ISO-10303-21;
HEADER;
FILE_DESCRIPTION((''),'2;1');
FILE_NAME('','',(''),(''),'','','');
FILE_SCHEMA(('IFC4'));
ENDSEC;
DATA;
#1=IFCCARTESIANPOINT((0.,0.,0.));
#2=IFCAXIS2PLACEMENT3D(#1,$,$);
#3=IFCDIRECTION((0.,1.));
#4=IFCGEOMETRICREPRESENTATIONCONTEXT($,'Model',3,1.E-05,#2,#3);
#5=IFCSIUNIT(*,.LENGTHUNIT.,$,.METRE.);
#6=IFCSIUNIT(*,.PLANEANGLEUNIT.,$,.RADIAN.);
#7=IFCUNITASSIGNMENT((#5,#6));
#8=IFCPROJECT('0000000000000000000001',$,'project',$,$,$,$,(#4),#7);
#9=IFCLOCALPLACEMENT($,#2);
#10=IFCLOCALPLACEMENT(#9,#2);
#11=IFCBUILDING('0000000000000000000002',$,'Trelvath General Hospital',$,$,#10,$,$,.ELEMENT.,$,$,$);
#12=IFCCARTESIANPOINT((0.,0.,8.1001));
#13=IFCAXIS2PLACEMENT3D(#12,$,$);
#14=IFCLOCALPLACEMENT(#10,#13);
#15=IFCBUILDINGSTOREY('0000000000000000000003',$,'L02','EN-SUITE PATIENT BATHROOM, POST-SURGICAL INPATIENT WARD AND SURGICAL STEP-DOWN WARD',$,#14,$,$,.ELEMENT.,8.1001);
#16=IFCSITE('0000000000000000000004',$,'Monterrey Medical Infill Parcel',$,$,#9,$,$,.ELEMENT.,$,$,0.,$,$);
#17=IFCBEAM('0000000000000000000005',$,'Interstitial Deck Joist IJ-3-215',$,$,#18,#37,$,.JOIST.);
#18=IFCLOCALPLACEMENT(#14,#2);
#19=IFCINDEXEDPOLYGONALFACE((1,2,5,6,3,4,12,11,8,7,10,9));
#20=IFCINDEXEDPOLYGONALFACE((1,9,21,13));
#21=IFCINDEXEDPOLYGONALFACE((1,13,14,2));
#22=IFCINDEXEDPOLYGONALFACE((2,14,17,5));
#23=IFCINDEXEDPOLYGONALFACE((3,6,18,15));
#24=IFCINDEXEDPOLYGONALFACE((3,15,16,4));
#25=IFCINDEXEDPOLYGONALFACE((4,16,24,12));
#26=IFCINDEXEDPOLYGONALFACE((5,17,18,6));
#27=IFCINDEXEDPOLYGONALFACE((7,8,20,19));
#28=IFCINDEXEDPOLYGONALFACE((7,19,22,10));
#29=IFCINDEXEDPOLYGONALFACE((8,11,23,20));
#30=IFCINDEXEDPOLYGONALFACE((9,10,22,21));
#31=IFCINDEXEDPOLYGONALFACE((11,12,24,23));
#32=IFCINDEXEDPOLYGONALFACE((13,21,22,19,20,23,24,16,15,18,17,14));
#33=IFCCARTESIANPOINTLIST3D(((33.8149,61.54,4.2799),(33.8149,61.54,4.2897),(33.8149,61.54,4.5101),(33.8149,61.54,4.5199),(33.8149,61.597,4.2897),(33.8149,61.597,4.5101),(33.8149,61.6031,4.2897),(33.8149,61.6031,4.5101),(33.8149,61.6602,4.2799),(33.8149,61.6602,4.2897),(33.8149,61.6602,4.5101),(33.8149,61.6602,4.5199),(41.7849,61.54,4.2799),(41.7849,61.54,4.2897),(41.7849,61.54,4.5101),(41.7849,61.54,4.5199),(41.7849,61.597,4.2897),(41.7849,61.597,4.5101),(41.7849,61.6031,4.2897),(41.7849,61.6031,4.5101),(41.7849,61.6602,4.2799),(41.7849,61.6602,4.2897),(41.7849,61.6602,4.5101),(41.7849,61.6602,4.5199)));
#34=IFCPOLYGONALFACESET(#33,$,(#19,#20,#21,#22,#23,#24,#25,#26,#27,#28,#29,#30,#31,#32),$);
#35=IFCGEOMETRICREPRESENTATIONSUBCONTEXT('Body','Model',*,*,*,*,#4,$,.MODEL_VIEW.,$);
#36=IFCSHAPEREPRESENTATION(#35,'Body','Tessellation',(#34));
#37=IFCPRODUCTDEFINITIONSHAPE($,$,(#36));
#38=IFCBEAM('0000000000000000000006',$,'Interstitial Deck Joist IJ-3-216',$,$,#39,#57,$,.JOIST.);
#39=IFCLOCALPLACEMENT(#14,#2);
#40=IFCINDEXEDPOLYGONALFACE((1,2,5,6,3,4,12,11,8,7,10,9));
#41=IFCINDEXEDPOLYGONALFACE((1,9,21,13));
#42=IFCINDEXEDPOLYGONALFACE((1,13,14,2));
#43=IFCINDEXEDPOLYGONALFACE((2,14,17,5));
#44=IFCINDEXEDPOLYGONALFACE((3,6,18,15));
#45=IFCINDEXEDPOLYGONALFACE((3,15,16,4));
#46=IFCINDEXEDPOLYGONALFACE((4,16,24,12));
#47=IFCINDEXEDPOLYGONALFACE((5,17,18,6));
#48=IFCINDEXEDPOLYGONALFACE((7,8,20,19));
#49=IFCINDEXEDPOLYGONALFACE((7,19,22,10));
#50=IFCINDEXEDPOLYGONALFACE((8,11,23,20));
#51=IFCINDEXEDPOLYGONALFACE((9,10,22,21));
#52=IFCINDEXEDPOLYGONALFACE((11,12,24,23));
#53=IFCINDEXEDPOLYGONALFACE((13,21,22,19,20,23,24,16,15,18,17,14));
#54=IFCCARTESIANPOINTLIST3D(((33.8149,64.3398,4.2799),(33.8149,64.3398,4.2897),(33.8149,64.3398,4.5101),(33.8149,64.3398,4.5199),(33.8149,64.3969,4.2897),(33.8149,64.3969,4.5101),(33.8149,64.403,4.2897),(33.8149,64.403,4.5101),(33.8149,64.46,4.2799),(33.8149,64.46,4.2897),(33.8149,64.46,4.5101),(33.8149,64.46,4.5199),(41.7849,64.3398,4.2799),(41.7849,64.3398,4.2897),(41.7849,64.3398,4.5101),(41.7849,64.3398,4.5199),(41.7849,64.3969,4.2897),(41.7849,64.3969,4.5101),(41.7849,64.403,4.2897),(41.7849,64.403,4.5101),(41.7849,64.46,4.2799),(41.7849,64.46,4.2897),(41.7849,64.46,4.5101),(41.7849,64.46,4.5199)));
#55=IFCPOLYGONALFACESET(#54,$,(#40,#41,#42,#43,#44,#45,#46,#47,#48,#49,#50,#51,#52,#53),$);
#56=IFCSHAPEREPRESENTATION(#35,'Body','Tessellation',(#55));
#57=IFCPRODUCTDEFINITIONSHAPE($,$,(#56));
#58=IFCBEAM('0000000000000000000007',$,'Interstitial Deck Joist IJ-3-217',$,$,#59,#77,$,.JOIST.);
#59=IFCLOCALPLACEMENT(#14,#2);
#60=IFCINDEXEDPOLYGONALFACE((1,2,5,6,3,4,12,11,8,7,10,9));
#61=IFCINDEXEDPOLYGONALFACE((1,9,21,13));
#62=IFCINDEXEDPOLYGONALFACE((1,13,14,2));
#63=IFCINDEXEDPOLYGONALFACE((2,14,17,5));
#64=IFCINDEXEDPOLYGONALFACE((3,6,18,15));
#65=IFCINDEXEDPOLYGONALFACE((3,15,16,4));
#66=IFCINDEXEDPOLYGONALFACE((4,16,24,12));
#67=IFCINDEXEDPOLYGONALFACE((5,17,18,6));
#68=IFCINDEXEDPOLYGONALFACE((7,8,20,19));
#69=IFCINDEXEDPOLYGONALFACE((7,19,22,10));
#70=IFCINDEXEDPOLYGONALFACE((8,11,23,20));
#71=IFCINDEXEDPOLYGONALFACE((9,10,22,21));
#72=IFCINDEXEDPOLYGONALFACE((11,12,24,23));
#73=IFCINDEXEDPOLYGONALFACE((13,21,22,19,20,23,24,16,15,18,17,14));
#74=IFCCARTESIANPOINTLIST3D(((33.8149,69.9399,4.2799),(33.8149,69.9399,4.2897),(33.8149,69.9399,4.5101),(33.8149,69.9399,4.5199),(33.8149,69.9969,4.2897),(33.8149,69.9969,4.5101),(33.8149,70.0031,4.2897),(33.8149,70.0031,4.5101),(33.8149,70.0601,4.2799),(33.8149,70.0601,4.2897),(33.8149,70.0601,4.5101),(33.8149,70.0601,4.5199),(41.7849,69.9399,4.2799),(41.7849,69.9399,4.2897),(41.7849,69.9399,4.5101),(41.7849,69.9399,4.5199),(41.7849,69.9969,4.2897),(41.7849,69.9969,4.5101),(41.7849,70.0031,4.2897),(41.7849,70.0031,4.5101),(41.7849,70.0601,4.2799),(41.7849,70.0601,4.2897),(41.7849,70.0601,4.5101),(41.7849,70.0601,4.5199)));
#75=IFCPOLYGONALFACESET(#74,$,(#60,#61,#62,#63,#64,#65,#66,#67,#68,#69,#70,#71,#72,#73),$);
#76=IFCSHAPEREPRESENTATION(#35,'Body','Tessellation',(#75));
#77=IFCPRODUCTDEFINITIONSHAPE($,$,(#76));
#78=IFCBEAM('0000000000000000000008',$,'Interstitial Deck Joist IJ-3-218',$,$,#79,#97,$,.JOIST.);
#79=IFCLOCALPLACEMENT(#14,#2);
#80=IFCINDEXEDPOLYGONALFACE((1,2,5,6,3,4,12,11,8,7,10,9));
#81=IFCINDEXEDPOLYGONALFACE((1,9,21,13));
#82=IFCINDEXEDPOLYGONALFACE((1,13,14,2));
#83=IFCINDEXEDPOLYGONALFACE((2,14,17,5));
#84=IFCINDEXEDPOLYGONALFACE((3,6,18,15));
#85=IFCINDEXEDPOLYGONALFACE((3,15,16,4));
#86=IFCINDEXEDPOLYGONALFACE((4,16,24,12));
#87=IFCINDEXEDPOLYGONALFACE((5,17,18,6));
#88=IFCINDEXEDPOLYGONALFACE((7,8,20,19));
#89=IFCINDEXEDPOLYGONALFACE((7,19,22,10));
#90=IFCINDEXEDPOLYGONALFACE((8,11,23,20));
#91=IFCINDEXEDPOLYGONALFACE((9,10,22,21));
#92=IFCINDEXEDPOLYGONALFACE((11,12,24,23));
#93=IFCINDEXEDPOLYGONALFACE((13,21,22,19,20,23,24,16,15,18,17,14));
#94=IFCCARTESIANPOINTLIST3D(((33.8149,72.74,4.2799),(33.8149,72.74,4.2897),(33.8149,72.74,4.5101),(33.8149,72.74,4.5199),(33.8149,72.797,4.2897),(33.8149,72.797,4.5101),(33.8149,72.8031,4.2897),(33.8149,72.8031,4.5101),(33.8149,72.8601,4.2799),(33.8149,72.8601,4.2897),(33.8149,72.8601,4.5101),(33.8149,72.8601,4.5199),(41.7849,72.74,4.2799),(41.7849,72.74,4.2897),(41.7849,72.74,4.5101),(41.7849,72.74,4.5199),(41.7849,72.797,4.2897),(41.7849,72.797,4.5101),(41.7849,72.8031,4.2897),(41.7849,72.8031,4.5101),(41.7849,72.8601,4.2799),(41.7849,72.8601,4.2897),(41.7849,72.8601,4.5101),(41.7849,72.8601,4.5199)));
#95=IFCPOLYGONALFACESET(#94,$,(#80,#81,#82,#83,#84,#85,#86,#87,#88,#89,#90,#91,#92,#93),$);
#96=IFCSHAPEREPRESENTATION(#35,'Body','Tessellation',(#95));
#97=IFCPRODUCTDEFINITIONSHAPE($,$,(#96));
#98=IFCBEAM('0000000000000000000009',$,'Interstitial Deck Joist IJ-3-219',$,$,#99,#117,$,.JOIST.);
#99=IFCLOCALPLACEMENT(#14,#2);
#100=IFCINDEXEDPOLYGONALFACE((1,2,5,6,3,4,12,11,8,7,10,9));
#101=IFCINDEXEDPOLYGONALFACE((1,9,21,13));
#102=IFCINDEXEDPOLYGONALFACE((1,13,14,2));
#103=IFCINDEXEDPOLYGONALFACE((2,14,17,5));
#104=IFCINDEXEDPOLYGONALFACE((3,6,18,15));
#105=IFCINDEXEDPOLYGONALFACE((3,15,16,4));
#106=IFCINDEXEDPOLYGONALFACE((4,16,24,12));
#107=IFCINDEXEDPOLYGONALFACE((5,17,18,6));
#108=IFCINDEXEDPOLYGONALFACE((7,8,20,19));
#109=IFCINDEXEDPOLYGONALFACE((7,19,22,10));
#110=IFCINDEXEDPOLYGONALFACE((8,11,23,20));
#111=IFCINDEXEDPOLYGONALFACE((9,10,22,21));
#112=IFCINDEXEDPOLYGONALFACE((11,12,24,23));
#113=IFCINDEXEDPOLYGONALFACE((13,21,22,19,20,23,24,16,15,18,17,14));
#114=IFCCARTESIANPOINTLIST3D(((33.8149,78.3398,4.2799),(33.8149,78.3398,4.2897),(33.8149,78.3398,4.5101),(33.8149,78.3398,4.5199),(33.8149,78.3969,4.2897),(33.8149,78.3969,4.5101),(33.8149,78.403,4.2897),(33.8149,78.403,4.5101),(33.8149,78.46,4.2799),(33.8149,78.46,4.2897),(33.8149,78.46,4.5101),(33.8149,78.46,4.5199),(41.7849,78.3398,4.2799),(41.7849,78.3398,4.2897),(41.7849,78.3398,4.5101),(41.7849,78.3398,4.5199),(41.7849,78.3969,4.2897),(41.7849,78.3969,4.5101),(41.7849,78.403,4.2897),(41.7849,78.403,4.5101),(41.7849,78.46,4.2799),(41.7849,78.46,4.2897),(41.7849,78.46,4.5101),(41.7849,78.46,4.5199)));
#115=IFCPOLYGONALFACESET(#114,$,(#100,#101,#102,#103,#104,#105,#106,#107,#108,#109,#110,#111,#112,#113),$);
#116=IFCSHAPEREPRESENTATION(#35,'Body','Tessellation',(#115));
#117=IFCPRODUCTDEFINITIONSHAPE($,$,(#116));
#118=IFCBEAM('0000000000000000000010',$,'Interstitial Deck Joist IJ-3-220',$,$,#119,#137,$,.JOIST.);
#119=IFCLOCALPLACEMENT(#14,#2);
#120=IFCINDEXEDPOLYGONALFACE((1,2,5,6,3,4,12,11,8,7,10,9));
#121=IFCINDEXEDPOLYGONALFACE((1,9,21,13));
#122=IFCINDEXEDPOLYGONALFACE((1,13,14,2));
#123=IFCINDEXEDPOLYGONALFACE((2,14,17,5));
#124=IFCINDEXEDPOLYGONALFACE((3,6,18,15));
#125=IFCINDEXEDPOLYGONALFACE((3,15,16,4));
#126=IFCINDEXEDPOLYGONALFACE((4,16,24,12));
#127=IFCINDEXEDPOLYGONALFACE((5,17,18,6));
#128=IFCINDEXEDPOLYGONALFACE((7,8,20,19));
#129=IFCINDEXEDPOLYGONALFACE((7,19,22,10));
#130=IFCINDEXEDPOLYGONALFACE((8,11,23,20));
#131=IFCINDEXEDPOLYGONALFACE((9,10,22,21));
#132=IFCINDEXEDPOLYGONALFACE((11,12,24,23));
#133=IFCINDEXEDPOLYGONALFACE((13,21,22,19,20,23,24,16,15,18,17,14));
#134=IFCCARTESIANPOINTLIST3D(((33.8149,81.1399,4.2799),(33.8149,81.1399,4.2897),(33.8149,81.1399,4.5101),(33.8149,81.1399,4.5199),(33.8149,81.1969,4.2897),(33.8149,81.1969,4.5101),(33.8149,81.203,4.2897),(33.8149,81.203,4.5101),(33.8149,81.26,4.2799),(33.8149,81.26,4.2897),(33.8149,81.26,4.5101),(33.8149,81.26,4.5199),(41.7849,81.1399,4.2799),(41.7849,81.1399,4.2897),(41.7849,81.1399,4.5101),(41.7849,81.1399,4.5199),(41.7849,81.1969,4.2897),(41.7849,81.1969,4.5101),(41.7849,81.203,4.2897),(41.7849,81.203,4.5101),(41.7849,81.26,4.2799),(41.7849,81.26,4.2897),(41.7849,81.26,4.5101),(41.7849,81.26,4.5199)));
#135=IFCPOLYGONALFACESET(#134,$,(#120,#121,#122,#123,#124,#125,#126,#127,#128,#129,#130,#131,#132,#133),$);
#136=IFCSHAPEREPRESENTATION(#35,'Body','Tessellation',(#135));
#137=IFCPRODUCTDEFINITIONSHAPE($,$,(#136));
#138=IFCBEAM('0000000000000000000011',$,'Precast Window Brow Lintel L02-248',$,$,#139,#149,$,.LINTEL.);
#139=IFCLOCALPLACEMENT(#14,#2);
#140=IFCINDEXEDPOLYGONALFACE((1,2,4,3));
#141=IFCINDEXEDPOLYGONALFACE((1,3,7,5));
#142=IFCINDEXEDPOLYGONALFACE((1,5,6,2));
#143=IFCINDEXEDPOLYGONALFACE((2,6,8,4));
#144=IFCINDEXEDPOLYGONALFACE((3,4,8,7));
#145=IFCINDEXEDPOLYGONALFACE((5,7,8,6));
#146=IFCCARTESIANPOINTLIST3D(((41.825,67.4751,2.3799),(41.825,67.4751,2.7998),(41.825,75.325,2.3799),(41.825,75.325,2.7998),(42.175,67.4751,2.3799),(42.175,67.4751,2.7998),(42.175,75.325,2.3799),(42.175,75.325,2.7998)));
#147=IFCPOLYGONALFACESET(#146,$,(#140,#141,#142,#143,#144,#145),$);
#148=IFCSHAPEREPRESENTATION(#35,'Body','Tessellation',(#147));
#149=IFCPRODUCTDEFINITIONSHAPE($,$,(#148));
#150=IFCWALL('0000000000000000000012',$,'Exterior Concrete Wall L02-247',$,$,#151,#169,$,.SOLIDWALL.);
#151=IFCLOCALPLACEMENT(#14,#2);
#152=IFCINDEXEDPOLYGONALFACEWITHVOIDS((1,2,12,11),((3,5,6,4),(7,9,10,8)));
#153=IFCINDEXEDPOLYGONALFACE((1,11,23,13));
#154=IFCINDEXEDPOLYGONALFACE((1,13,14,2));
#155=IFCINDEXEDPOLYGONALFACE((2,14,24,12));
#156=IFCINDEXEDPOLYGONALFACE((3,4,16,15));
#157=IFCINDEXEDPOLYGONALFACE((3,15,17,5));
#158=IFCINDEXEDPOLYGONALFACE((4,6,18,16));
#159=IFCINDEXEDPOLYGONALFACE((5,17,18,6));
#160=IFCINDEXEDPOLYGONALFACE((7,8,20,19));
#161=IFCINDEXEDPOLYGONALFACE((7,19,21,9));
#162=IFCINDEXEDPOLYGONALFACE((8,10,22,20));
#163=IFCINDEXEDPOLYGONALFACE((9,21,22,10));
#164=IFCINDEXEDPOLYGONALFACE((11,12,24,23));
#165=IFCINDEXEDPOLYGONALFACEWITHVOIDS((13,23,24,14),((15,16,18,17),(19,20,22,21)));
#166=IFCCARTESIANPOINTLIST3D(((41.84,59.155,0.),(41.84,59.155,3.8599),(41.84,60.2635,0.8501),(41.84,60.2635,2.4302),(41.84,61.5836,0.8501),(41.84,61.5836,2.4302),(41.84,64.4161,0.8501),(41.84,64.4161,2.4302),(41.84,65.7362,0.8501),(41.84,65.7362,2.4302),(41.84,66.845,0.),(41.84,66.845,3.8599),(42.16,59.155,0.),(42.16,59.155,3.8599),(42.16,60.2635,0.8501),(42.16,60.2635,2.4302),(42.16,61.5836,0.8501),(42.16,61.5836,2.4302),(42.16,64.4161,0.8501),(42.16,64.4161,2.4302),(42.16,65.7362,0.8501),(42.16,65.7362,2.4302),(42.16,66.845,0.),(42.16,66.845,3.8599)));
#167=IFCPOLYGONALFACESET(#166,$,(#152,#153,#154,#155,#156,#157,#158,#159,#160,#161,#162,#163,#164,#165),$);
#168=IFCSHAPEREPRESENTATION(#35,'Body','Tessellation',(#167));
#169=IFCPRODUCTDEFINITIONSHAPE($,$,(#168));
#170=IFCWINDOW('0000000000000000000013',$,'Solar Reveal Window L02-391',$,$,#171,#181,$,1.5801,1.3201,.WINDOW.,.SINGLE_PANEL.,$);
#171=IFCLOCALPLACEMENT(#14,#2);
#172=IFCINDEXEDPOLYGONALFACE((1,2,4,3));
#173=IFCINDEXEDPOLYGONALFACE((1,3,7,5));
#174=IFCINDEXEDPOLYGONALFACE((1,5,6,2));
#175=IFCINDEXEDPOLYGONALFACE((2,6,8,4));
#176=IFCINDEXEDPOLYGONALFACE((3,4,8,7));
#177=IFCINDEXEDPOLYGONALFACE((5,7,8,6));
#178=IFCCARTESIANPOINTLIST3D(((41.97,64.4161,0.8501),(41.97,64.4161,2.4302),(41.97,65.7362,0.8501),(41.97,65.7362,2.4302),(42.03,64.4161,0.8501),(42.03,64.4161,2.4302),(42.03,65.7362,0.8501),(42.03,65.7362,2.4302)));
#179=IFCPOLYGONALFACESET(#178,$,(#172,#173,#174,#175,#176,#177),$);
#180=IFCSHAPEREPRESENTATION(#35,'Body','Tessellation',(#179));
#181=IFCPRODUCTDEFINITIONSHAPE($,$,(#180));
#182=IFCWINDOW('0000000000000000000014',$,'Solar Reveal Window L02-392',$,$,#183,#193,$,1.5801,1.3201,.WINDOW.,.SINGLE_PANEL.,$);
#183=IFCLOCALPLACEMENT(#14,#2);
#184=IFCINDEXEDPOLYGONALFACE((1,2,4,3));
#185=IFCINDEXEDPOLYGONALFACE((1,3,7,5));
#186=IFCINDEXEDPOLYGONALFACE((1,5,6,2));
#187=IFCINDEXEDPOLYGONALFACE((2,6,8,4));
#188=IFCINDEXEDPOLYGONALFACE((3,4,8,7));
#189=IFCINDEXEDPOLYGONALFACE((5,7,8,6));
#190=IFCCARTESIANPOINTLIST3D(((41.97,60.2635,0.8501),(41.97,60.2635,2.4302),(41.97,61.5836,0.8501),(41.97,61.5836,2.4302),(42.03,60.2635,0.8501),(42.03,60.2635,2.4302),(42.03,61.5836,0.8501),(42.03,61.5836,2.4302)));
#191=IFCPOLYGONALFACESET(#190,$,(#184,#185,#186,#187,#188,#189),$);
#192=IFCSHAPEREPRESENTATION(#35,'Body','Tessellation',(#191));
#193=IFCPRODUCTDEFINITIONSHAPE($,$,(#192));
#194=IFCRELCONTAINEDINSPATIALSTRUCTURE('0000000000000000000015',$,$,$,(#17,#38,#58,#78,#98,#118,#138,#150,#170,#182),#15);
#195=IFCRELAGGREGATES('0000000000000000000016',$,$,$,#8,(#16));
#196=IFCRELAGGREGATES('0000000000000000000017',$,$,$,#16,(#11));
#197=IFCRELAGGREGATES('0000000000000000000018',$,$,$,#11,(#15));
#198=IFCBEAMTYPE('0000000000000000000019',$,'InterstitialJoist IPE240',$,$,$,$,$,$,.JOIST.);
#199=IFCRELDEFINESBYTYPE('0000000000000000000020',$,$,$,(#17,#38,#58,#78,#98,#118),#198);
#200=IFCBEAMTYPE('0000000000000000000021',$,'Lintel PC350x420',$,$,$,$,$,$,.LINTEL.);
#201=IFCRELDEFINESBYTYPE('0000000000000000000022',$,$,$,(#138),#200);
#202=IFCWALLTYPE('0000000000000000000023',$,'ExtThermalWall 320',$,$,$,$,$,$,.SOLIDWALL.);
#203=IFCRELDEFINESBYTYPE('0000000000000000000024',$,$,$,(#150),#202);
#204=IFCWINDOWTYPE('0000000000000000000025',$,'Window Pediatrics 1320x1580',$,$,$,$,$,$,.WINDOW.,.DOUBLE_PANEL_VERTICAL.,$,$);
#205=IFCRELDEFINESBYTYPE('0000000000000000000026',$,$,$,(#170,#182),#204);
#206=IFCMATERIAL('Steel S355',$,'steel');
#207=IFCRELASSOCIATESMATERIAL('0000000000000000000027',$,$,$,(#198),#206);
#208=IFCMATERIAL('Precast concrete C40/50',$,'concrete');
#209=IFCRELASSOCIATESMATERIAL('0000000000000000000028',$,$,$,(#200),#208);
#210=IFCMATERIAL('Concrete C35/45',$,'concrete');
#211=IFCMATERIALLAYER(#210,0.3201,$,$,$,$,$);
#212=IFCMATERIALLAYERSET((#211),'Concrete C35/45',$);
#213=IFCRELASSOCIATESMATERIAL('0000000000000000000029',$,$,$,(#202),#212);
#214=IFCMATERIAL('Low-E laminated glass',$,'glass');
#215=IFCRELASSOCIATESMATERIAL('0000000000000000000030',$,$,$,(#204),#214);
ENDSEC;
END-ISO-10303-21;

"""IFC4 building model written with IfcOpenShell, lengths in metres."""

from ifc_helpers import new_model, si_unit, direction, frame, frame_2d, origin, origin_2d, place, context, subcontext, project, spatial, rectangle, i_section, extrude, material, layer, layer_set, material_profile, profile_set, type_object, element, fill, save


model = new_model("IFC4")

# Units and contexts
model_context = context("Model", 3, precision=1e-05, world=origin(), true_north=direction((0.0, 1.0)))
body_context = subcontext(model_context, "Body", "Model", "MODEL_VIEW")
ifc_project = project(units=[si_unit("LENGTHUNIT", "METRE"), si_unit("PLANEANGLEUNIT", "RADIAN")], contexts=[model_context])

# Site, building, storey
site_placement = place(None, origin())
site = spatial("IfcSite", under=ifc_project, at=site_placement, Name="Monterrey Medical Infill Parcel", CompositionType="ELEMENT", RefElevation=0.0)
building_placement = place(site_placement, origin())
building = spatial("IfcBuilding", under=site, at=building_placement, Name="Trelvath General Hospital", CompositionType="ELEMENT")
storey_placement = place(building_placement, frame((0.0, 0.0, 8.1001)))
storey = spatial("IfcBuildingStorey", under=building, at=storey_placement, Name="L02", Description="EN-SUITE PATIENT BATHROOM, POST-SURGICAL INPATIENT WARD AND SURGICAL STEP-DOWN WARD", CompositionType="ELEMENT", Elevation=8.1001)

# Beams
ifc_material_1 = material(Name="Steel S355", Category="steel")
ifc_material_profile_1 = material_profile(ifc_material_1, i_section(OverallWidth=0.1201, OverallDepth=0.24, WebThickness=0.0061, FlangeThickness=0.0098, at=origin_2d()), Name="IPE240")
ifc_profile_set_1 = profile_set([ifc_material_profile_1], Name="Steel S355")
beam_type_1 = type_object("IfcBeamType", Name="InterstitialJoist IPE240", PredefinedType="JOIST", material=ifc_profile_set_1)
for number, where, z_axis, x_axis, name in (
    (1, (33.8149, 61.6001, 4.3999), (1.0, 0.0, 0.0), (0.0, 1.0, 0.0), "Interstitial Deck Joist IJ-3-215"),
    (2, (33.8149, 64.3999, 4.3999), (1.0, 0.0, 0.0), (0.0, 1.0, 0.0), "Interstitial Deck Joist IJ-3-216"),
    (3, (33.8149, 70.0, 4.3999), (1.0, 0.0, 0.0), (0.0, 1.0, 0.0), "Interstitial Deck Joist IJ-3-217"),
    (4, (33.8149, 72.8, 4.3999), (1.0, 0.0, 0.0), (0.0, 1.0, 0.0), "Interstitial Deck Joist IJ-3-218"),
    (5, (33.8149, 78.3999, 4.3999), (1.0, 0.0, 0.0), (0.0, 1.0, 0.0), "Interstitial Deck Joist IJ-3-219"),
    (6, (33.8149, 81.2, 4.3999), (1.0, 0.0, 0.0), (0.0, 1.0, 0.0), "Interstitial Deck Joist IJ-3-220"),
):
    element("IfcBeam", number, at=place(storey_placement, frame(where, z_axis=z_axis, x_axis=x_axis)), inside=storey, type_object=beam_type_1, Name=name, PredefinedType="JOIST", context=body_context, shape_type="SweptSolid", body=[
        extrude(i_section(OverallWidth=0.1201, OverallDepth=0.24, WebThickness=0.0061, FlangeThickness=0.0098, at=origin_2d()), origin(), (0.0, 0.0, 1.0), 7.97),
    ])
ifc_material_2 = material(Name="Precast concrete C40/50", Category="concrete")
ifc_material_profile_2 = material_profile(ifc_material_2, rectangle(XDim=0.3501, YDim=0.4199, at=origin_2d()), Name="PCL350x420")
ifc_profile_set_2 = profile_set([ifc_material_profile_2], Name="Precast concrete C40/50")
beam_type_2 = type_object("IfcBeamType", Name="Lintel PC350x420", PredefinedType="LINTEL", material=ifc_profile_set_2)
beam_1_placement = place(storey_placement, frame((42.0, 75.325, 2.5898), z_axis=(0.0, -1.0, 0.0), x_axis=(1.0, 0.0, 0.0)))
element("IfcBeam", 7, at=beam_1_placement, inside=storey, type_object=beam_type_2, Name="Precast Window Brow Lintel L02-248", PredefinedType="LINTEL", context=body_context, shape_type="SweptSolid", body=[
    extrude(rectangle(XDim=0.3501, YDim=0.4199, at=origin_2d()), origin(), (0.0, 0.0, 1.0), 7.8499),
])

# Wall, openings, windows
ifc_material_3 = material(Name="Concrete C35/45", Category="concrete")
ifc_layer = layer(ifc_material_3, 0.3201)
ifc_layer_set = layer_set([ifc_layer], Name="Concrete C35/45")
wall_type = type_object("IfcWallType", Name="ExtThermalWall 320", PredefinedType="SOLIDWALL", material=ifc_layer_set)
wall_1_placement = place(storey_placement, frame((42.0, 66.845, 0.0), z_axis=(0.0, 0.0, 1.0), x_axis=(0.0, -1.0, 0.0)))
wall_1 = element("IfcWall", 8, at=wall_1_placement, inside=storey, type_object=wall_type, Name="Exterior Concrete Wall L02-247", PredefinedType="SOLIDWALL", context=body_context, shape_type="SweptSolid", body=[
    extrude(rectangle(XDim=7.6899, YDim=0.3201, at=frame_2d((3.845, 0.0))), origin(), (0.0, 0.0, 1.0), 3.8599),
])
opening_1_placement = place(wall_1_placement, frame((1.1086, 0.0, 0.8501)))
opening_1 = element("IfcOpeningElement", 9, at=opening_1_placement, cuts=wall_1, PredefinedType="OPENING", context=body_context, shape_type="SweptSolid", body=[
    extrude(rectangle(XDim=1.3201, YDim=1.5801, at=frame_2d((0.6602, 0.79))), frame((0.0, 0.1699, 0.0), z_axis=(0.0, -1.0, 0.0), x_axis=(1.0, 0.0, 0.0)), (0.0, 0.0, 1.0), 0.3401),
])
opening_2_placement = place(wall_1_placement, frame((5.2612, 0.0, 0.8501)))
opening_2 = element("IfcOpeningElement", 10, at=opening_2_placement, cuts=wall_1, PredefinedType="OPENING", context=body_context, shape_type="SweptSolid", body=[
    extrude(rectangle(XDim=1.3201, YDim=1.5801, at=frame_2d((0.6602, 0.79))), frame((0.0, 0.1699, 0.0), z_axis=(0.0, -1.0, 0.0), x_axis=(1.0, 0.0, 0.0)), (0.0, 0.0, 1.0), 0.3401),
])
ifc_material_4 = material(Name="Low-E laminated glass", Category="glass")
window_type_1 = type_object("IfcWindowType", Name="Window Pediatrics 1320x1580", PartitioningType="DOUBLE_PANEL_VERTICAL", PredefinedType="WINDOW", material=ifc_material_4)
window_1_placement = place(opening_1_placement, origin())
window_1 = element("IfcWindow", 11, at=window_1_placement, inside=storey, type_object=window_type_1, Name="Solar Reveal Window L02-391", OverallHeight=1.5801, OverallWidth=1.3201, PartitioningType="SINGLE_PANEL", PredefinedType="WINDOW", context=body_context, shape_type="SweptSolid", body=[
    extrude(rectangle(XDim=1.3201, YDim=1.5801, at=frame_2d((0.6602, 0.79))), frame((0.0, 0.03, 0.0), z_axis=(0.0, -1.0, 0.0), x_axis=(1.0, 0.0, 0.0)), (0.0, 0.0, 1.0), 0.0601),
])
fill(opening_1, window_1)
window_2_placement = place(opening_2_placement, origin())
window_2 = element("IfcWindow", 12, at=window_2_placement, inside=storey, type_object=window_type_1, Name="Solar Reveal Window L02-392", OverallHeight=1.5801, OverallWidth=1.3201, PartitioningType="SINGLE_PANEL", PredefinedType="WINDOW", context=body_context, shape_type="SweptSolid", body=[
    extrude(rectangle(XDim=1.3201, YDim=1.5801, at=frame_2d((0.6602, 0.79))), frame((0.0, 0.03, 0.0), z_axis=(0.0, -1.0, 0.0), x_axis=(1.0, 0.0, 0.0)), (0.0, 0.0, 1.0), 0.0601),
])
fill(opening_2, window_2)

save(model, "model.ifc")
